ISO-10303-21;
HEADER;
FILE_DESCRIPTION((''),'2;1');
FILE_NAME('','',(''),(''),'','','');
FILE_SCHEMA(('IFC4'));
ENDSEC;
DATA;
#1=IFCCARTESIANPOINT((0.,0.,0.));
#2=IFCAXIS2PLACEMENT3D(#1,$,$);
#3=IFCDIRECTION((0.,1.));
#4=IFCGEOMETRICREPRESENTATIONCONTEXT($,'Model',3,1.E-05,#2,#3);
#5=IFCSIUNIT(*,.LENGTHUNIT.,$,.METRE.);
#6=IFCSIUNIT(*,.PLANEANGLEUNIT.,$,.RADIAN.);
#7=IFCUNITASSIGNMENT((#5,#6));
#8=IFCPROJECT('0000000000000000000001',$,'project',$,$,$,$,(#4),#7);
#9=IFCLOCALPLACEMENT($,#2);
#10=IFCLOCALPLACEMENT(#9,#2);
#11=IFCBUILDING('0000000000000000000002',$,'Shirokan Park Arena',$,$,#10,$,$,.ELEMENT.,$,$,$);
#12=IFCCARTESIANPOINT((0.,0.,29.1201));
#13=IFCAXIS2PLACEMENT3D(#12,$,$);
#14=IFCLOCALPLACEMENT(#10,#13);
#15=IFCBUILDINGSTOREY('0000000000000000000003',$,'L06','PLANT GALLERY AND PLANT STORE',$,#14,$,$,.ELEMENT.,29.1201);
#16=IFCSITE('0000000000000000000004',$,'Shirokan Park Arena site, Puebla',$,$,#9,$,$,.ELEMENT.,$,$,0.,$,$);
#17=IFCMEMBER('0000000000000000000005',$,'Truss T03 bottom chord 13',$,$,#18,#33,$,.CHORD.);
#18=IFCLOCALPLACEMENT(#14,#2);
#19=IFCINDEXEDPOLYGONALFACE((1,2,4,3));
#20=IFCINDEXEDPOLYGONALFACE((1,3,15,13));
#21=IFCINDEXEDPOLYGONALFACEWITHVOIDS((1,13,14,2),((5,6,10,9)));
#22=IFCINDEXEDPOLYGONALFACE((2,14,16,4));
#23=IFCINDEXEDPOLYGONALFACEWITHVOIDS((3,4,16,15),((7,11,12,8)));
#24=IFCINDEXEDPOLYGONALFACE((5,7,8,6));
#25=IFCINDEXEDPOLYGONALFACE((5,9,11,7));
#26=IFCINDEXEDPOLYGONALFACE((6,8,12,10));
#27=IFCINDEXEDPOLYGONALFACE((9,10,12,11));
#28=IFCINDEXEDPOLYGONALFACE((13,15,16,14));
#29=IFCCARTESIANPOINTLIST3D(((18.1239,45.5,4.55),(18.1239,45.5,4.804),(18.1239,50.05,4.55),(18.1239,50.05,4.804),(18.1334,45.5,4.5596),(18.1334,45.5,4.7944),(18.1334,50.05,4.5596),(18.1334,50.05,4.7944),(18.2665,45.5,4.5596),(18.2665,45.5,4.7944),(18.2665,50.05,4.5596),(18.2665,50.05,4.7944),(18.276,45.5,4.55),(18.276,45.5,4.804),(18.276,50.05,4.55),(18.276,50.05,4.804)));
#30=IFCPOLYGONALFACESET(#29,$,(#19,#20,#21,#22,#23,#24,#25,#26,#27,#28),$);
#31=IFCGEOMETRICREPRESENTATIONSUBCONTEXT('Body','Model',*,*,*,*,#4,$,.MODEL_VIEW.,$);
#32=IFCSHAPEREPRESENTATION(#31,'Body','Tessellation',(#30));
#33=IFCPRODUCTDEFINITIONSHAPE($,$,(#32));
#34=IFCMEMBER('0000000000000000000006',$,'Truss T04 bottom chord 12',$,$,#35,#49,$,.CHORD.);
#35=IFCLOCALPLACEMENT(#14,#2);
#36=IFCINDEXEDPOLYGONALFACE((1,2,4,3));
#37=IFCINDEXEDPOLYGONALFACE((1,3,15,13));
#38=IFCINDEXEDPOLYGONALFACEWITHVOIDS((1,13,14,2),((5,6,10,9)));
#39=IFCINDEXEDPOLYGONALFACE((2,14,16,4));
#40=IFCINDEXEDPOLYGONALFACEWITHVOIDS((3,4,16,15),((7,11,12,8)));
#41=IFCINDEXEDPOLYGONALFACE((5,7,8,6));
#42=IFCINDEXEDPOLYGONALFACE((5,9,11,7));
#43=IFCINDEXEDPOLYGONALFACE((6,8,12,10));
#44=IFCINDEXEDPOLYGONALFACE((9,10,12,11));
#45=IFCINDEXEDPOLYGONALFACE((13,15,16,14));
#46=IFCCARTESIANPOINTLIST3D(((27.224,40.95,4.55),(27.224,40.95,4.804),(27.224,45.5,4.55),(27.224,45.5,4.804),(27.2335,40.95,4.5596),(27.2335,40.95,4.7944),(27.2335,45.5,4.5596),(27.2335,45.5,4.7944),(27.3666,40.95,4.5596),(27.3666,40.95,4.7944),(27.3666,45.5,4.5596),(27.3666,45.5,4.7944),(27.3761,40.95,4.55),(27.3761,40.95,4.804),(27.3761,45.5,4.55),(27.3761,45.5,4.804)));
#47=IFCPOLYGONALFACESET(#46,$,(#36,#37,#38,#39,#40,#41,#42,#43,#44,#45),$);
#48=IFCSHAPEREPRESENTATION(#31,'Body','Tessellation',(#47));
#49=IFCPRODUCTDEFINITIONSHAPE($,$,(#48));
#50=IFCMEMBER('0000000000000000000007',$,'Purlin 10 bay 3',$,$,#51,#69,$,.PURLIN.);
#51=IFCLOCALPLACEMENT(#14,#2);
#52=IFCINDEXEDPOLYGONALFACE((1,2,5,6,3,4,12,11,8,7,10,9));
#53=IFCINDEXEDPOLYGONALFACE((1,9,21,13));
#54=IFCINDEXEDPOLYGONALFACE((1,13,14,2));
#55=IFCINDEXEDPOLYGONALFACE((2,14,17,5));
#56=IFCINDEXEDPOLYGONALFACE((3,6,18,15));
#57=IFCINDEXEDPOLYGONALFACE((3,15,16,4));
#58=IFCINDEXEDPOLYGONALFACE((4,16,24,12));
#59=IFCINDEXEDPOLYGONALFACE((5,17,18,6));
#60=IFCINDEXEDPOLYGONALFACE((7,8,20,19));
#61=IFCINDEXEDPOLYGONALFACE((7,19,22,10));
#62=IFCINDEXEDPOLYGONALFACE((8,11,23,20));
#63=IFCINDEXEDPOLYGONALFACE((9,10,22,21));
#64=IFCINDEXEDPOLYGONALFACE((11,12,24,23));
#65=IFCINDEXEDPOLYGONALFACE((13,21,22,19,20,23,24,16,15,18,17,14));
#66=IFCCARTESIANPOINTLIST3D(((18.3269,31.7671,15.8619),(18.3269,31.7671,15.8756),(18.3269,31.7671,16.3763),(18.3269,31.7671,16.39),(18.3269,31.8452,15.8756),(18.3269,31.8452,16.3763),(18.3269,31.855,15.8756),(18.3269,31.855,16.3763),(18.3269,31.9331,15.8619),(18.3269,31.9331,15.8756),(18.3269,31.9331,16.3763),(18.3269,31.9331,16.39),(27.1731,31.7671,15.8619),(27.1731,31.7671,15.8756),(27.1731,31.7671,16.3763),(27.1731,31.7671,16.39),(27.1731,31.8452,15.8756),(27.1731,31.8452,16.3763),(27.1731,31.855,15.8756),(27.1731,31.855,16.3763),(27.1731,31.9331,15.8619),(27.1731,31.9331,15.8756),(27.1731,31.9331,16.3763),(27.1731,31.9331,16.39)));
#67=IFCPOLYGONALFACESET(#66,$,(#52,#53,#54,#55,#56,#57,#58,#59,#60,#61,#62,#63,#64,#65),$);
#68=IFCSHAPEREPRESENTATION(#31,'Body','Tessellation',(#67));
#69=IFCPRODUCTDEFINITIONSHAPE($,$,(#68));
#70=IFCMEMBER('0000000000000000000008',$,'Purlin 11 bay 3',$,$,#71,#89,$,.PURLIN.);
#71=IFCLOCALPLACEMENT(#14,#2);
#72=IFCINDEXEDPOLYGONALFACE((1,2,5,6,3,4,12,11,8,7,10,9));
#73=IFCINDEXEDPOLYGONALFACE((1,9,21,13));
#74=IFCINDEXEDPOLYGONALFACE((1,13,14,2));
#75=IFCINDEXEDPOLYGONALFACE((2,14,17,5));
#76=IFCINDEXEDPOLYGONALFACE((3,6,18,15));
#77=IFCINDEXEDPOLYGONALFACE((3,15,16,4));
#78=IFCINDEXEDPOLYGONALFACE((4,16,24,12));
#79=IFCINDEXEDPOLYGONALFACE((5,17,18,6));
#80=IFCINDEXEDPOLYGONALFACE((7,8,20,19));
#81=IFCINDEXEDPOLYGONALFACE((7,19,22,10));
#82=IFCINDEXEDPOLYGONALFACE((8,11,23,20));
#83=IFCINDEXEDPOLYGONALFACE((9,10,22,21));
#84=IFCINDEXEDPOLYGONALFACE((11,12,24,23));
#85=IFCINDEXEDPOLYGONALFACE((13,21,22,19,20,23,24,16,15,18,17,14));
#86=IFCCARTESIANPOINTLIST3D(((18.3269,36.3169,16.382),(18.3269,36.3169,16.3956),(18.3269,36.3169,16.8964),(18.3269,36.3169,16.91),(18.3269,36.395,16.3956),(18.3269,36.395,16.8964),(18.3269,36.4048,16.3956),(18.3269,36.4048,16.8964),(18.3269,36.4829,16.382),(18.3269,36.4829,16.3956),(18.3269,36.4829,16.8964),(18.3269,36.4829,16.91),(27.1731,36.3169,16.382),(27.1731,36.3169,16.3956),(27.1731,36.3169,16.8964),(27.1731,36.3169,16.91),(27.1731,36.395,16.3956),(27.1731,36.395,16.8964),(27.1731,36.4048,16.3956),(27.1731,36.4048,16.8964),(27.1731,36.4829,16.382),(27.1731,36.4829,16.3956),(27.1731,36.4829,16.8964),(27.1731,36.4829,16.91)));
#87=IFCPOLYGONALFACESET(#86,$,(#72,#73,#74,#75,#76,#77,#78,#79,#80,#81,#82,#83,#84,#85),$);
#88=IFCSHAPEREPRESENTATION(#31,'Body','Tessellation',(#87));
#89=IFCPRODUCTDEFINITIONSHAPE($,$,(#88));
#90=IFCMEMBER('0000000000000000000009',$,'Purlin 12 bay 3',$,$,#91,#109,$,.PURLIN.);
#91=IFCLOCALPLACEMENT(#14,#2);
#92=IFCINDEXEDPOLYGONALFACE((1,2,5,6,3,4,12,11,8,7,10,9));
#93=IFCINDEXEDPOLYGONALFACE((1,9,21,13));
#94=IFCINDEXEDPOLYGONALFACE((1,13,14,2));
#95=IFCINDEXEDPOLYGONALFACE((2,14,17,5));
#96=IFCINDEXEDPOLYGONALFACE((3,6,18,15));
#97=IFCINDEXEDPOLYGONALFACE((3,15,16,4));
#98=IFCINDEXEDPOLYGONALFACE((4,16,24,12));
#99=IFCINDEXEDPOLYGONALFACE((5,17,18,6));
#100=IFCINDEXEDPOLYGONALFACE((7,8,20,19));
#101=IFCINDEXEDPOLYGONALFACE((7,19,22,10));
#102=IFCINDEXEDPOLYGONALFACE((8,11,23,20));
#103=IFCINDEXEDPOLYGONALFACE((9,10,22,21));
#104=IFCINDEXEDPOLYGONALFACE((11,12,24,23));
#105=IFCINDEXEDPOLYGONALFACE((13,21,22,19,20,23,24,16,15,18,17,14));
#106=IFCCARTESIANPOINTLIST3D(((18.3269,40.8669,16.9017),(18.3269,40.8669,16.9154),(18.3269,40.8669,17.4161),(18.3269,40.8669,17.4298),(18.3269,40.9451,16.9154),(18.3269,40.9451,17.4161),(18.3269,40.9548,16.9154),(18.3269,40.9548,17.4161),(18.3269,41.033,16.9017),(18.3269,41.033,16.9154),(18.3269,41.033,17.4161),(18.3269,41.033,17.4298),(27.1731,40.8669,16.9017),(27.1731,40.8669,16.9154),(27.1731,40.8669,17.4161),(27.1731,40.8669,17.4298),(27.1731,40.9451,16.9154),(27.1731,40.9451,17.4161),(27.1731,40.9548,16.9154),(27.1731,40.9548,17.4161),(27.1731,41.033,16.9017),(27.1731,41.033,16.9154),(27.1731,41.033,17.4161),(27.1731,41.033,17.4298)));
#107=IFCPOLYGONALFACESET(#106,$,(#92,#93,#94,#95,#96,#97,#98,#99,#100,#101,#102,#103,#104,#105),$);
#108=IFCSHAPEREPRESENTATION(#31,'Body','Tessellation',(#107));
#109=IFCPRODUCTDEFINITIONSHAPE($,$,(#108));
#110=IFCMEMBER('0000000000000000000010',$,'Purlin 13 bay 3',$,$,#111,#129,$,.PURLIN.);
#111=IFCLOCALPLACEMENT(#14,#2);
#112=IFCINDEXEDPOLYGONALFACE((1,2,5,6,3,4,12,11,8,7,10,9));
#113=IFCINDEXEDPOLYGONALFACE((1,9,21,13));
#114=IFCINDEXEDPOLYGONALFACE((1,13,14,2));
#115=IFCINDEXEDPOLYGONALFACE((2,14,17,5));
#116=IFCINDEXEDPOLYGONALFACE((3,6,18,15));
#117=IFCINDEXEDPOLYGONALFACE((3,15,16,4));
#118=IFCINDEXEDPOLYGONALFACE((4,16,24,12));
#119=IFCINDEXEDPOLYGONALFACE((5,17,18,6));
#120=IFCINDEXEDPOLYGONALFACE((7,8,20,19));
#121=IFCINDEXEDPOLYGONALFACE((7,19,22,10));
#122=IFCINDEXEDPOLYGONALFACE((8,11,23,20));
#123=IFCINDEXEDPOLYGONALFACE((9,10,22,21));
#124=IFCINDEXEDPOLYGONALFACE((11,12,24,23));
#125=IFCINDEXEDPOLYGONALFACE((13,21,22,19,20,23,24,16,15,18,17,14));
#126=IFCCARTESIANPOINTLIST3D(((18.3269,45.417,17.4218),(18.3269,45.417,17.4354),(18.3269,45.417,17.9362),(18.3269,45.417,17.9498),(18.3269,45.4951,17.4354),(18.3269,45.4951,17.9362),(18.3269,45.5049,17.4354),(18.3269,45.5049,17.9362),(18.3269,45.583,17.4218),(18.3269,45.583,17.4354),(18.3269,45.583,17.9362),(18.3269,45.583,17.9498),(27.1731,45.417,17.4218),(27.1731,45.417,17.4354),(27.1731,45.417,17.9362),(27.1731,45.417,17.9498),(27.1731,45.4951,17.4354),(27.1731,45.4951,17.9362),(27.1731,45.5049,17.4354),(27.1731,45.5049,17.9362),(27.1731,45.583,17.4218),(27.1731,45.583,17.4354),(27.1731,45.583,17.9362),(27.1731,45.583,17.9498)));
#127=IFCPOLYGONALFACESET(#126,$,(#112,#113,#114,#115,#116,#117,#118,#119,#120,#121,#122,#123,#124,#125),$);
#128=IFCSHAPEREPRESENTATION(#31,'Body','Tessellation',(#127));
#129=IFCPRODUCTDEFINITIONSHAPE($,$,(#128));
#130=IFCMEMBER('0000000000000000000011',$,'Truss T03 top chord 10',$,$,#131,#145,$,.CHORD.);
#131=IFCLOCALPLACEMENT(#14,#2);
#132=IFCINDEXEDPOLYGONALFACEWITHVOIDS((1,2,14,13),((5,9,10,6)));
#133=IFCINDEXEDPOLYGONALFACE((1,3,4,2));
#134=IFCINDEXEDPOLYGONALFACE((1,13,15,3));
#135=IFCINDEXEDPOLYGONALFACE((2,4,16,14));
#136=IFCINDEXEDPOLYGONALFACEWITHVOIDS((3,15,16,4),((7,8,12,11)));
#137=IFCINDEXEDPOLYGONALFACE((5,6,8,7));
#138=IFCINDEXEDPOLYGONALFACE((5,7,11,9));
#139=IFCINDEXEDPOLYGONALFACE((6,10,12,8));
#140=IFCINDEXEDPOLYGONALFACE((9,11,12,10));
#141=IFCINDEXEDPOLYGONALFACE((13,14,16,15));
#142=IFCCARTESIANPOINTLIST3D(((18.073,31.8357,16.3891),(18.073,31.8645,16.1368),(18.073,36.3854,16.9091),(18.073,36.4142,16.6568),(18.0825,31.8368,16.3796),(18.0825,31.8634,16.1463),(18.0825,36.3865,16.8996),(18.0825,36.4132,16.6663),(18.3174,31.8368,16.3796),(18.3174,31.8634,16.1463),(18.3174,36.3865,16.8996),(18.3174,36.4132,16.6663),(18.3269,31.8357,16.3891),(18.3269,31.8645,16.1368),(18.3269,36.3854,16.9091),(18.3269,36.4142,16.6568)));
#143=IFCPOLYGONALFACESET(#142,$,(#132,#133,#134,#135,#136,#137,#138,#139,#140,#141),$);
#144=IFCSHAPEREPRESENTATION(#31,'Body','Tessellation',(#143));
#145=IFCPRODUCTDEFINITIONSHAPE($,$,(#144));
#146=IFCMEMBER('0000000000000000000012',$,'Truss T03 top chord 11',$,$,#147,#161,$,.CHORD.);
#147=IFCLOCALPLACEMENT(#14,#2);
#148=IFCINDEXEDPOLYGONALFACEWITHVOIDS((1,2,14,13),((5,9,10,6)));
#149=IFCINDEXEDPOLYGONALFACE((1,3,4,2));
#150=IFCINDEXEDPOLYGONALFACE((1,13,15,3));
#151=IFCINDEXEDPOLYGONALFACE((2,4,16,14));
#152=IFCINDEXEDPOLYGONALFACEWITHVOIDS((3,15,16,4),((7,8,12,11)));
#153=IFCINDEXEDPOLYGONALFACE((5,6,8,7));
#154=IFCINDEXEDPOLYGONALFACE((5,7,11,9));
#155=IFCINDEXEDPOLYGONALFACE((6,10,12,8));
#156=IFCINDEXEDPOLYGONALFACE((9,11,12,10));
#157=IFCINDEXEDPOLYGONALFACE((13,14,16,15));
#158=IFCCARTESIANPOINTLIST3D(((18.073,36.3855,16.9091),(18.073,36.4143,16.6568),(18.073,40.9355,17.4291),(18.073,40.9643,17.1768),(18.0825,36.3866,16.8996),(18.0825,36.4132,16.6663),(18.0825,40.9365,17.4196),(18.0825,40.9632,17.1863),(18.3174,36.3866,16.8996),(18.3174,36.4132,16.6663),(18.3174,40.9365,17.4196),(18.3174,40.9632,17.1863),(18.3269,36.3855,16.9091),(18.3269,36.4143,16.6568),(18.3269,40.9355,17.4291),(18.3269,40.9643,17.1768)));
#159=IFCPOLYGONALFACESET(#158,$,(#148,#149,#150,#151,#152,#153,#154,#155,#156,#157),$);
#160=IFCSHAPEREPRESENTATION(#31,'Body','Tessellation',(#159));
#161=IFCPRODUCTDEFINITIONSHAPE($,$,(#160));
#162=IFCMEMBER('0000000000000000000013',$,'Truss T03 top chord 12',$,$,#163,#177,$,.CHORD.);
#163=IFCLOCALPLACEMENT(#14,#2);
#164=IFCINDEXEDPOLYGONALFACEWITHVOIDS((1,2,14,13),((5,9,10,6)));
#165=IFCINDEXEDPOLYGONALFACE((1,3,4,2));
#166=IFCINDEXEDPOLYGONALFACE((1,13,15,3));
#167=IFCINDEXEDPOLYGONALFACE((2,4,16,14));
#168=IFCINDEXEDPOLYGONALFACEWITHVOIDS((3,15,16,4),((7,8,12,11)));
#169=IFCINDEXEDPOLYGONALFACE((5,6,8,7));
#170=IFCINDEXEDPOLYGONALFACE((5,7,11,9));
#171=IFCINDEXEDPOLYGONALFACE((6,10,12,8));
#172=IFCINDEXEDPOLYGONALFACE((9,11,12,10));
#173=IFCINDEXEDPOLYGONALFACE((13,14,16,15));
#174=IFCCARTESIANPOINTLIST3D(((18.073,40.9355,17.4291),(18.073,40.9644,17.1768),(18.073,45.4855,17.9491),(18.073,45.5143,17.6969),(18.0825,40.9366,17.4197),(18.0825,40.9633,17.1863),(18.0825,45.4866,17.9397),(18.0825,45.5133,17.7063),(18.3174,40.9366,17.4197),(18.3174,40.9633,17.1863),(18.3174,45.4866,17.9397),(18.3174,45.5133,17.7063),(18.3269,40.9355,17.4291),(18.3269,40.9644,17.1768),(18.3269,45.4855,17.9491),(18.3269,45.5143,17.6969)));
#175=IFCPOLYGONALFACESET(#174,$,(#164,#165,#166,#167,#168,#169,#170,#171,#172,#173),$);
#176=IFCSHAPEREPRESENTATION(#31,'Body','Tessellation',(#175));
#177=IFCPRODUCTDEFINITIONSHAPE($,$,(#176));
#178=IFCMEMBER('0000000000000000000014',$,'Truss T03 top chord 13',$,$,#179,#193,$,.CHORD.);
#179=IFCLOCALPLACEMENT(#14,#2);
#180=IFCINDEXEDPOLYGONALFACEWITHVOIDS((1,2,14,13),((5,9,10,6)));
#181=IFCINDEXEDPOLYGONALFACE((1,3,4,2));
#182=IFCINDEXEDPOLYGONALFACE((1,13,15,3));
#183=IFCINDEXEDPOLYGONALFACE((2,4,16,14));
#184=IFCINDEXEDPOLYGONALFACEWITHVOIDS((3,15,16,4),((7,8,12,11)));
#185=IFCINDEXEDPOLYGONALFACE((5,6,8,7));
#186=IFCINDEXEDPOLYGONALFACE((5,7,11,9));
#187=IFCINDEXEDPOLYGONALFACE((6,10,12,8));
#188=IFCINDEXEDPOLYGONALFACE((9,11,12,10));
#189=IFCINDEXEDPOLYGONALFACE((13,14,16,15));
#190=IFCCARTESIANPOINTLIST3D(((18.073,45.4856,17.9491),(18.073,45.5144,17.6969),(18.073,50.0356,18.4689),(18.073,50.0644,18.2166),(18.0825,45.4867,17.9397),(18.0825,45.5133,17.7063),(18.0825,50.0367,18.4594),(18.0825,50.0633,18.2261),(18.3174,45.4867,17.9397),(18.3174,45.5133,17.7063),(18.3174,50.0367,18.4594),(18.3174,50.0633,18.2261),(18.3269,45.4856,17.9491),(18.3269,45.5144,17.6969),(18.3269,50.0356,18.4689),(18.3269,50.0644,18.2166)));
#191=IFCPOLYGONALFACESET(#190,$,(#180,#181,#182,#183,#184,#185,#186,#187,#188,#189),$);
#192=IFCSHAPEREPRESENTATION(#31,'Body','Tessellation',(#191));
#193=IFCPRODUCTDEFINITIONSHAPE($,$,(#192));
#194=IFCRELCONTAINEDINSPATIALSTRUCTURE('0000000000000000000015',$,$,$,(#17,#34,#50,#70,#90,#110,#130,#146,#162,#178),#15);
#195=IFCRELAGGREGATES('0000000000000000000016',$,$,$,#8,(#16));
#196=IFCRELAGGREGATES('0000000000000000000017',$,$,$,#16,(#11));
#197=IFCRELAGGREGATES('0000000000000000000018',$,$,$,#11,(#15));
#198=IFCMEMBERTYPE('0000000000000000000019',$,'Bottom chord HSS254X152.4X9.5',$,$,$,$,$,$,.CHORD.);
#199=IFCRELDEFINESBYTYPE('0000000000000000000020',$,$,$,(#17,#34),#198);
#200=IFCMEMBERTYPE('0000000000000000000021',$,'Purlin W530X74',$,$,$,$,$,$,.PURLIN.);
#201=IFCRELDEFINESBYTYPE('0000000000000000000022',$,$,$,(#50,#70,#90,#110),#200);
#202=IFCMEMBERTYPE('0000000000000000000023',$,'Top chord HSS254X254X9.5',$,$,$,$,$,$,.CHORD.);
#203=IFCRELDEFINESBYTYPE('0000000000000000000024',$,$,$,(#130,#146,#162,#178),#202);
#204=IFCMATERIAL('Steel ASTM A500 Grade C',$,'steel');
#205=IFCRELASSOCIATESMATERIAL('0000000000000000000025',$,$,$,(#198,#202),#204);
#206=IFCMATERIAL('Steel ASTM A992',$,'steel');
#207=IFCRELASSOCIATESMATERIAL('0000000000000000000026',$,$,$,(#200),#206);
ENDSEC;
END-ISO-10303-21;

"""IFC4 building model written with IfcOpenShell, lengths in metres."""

from ifc_helpers import new_model, si_unit, direction, frame, origin, origin_2d, place, context, subcontext, project, spatial, hollow_rectangle, i_section, extrude, material, material_profile, profile_set, type_object, element, save


model = new_model("IFC4")

# Units and contexts
model_context = context("Model", 3, precision=1e-05, world=origin(), true_north=direction((0.0, 1.0)))
body_context = subcontext(model_context, "Body", "Model", "MODEL_VIEW")
ifc_project = project(units=[si_unit("LENGTHUNIT", "METRE"), si_unit("PLANEANGLEUNIT", "RADIAN")], contexts=[model_context])

# Site, building, storey
site_placement = place(None, origin())
site = spatial("IfcSite", under=ifc_project, at=site_placement, Name="Shirokan Park Arena site, Puebla", CompositionType="ELEMENT", RefElevation=0.0)
building_placement = place(site_placement, origin())
building = spatial("IfcBuilding", under=site, at=building_placement, Name="Shirokan Park Arena", CompositionType="ELEMENT")
storey_placement = place(building_placement, frame((0.0, 0.0, 29.1201)))
storey = spatial("IfcBuildingStorey", under=building, at=storey_placement, Name="L06", Description="PLANT GALLERY AND PLANT STORE", CompositionType="ELEMENT", Elevation=29.1201)

# Members
ifc_material_1 = material(Name="Steel ASTM A500 Grade C", Category="steel")
ifc_material_profile_1 = material_profile(ifc_material_1, hollow_rectangle(XDim=0.1521, YDim=0.2539, WallThickness=0.0095, at=origin_2d()), Name="HSS254X152.4X9.5")
ifc_profile_set_1 = profile_set([ifc_material_profile_1], Name="Steel ASTM A500 Grade C")
member_type_1 = type_object("IfcMemberType", Name="Bottom chord HSS254X152.4X9.5", PredefinedType="CHORD", material=ifc_profile_set_1)
for number, where, z_axis, x_axis, name in (
    (1, (18.2, 45.5, 4.677), (0.0, 1.0, 0.0), (-1.0, 0.0, 0.0), "Truss T03 bottom chord 13"),
    (2, (27.3, 40.95, 4.677), (0.0, 1.0, 0.0), (-1.0, 0.0, 0.0), "Truss T04 bottom chord 12"),
):
    element("IfcMember", number, at=place(storey_placement, frame(where, z_axis=z_axis, x_axis=x_axis)), inside=storey, type_object=member_type_1, Name=name, PredefinedType="CHORD", context=body_context, shape_type="SweptSolid", body=[
        extrude(hollow_rectangle(XDim=0.1521, YDim=0.2539, WallThickness=0.0095, at=origin_2d()), origin(), (0.0, 0.0, 1.0), 4.55),
    ])
ifc_material_2 = material(Name="Steel ASTM A992", Category="steel")
ifc_material_profile_2 = material_profile(ifc_material_2, i_section(OverallWidth=0.166, OverallDepth=0.5281, WebThickness=0.0098, FlangeThickness=0.0137, at=origin_2d()), Name="W530X74")
ifc_profile_set_2 = profile_set([ifc_material_profile_2], Name="Steel ASTM A992")
member_type_2 = type_object("IfcMemberType", Name="Purlin W530X74", PredefinedType="PURLIN", material=ifc_profile_set_2)
for number, where, z_axis, x_axis, name in (
    (3, (18.3269, 31.8501, 16.126), (1.0, 0.0, 0.0), (0.0, 1.0, 0.0), "Purlin 10 bay 3"),
    (4, (18.3269, 36.3999, 16.646), (1.0, 0.0, 0.0), (0.0, 1.0, 0.0), "Purlin 11 bay 3"),
    (5, (18.3269, 40.95, 17.1658), (1.0, 0.0, 0.0), (0.0, 1.0, 0.0), "Purlin 12 bay 3"),
    (6, (18.3269, 45.5, 17.6858), (1.0, 0.0, 0.0), (0.0, 1.0, 0.0), "Purlin 13 bay 3"),
):
    element("IfcMember", number, at=place(storey_placement, frame(where, z_axis=z_axis, x_axis=x_axis)), inside=storey, type_object=member_type_2, Name=name, PredefinedType="PURLIN", context=body_context, shape_type="SweptSolid", body=[
        extrude(i_section(OverallWidth=0.166, OverallDepth=0.5281, WebThickness=0.0098, FlangeThickness=0.0137, at=origin_2d()), origin(), (0.0, 0.0, 1.0), 8.8462),
    ])
ifc_material_profile_3 = material_profile(ifc_material_1, hollow_rectangle(XDim=0.2539, YDim=0.2539, WallThickness=0.0095, at=origin_2d()), Name="HSS254X254X9.5")
ifc_profile_set_3 = profile_set([ifc_material_profile_3], Name="Steel ASTM A500 Grade C")
member_type_3 = type_object("IfcMemberType", Name="Top chord HSS254X254X9.5", PredefinedType="CHORD", material=ifc_profile_set_3)
member_1_placement = place(storey_placement, frame((18.2, 31.8501, 16.2629), z_axis=(0.0, 0.993532, 0.113556), x_axis=(-1.0, 0.0, 0.0)))
element("IfcMember", 7, at=member_1_placement, inside=storey, type_object=member_type_3, Name="Truss T03 top chord 10", PredefinedType="CHORD", context=body_context, shape_type="SweptSolid", body=[
    extrude(hollow_rectangle(XDim=0.2539, YDim=0.2539, WallThickness=0.0095, at=origin_2d()), origin(), (0.0, 0.0, 1.0), 4.5793),
])
for number, where, z_axis, x_axis, name in (
    (8, (18.2, 36.3999, 16.783), (0.0, 0.993532, 0.11355), (-1.0, 0.0, 0.0), "Truss T03 top chord 11"),
    (9, (18.2, 40.95, 17.303), (0.0, 0.993532, 0.11355), (-1.0, 0.0, 0.0), "Truss T03 top chord 12"),
    (10, (18.2, 45.5, 17.823), (0.0, 0.993538, 0.113497), (-1.0, 0.0, 0.0), "Truss T03 top chord 13"),
):
    element("IfcMember", number, at=place(storey_placement, frame(where, z_axis=z_axis, x_axis=x_axis)), inside=storey, type_object=member_type_3, Name=name, PredefinedType="CHORD", context=body_context, shape_type="SweptSolid", body=[
        extrude(hollow_rectangle(XDim=0.2539, YDim=0.2539, WallThickness=0.0095, at=origin_2d()), origin(), (0.0, 0.0, 1.0), 4.5796),
    ])

save(model, "model.ifc")
